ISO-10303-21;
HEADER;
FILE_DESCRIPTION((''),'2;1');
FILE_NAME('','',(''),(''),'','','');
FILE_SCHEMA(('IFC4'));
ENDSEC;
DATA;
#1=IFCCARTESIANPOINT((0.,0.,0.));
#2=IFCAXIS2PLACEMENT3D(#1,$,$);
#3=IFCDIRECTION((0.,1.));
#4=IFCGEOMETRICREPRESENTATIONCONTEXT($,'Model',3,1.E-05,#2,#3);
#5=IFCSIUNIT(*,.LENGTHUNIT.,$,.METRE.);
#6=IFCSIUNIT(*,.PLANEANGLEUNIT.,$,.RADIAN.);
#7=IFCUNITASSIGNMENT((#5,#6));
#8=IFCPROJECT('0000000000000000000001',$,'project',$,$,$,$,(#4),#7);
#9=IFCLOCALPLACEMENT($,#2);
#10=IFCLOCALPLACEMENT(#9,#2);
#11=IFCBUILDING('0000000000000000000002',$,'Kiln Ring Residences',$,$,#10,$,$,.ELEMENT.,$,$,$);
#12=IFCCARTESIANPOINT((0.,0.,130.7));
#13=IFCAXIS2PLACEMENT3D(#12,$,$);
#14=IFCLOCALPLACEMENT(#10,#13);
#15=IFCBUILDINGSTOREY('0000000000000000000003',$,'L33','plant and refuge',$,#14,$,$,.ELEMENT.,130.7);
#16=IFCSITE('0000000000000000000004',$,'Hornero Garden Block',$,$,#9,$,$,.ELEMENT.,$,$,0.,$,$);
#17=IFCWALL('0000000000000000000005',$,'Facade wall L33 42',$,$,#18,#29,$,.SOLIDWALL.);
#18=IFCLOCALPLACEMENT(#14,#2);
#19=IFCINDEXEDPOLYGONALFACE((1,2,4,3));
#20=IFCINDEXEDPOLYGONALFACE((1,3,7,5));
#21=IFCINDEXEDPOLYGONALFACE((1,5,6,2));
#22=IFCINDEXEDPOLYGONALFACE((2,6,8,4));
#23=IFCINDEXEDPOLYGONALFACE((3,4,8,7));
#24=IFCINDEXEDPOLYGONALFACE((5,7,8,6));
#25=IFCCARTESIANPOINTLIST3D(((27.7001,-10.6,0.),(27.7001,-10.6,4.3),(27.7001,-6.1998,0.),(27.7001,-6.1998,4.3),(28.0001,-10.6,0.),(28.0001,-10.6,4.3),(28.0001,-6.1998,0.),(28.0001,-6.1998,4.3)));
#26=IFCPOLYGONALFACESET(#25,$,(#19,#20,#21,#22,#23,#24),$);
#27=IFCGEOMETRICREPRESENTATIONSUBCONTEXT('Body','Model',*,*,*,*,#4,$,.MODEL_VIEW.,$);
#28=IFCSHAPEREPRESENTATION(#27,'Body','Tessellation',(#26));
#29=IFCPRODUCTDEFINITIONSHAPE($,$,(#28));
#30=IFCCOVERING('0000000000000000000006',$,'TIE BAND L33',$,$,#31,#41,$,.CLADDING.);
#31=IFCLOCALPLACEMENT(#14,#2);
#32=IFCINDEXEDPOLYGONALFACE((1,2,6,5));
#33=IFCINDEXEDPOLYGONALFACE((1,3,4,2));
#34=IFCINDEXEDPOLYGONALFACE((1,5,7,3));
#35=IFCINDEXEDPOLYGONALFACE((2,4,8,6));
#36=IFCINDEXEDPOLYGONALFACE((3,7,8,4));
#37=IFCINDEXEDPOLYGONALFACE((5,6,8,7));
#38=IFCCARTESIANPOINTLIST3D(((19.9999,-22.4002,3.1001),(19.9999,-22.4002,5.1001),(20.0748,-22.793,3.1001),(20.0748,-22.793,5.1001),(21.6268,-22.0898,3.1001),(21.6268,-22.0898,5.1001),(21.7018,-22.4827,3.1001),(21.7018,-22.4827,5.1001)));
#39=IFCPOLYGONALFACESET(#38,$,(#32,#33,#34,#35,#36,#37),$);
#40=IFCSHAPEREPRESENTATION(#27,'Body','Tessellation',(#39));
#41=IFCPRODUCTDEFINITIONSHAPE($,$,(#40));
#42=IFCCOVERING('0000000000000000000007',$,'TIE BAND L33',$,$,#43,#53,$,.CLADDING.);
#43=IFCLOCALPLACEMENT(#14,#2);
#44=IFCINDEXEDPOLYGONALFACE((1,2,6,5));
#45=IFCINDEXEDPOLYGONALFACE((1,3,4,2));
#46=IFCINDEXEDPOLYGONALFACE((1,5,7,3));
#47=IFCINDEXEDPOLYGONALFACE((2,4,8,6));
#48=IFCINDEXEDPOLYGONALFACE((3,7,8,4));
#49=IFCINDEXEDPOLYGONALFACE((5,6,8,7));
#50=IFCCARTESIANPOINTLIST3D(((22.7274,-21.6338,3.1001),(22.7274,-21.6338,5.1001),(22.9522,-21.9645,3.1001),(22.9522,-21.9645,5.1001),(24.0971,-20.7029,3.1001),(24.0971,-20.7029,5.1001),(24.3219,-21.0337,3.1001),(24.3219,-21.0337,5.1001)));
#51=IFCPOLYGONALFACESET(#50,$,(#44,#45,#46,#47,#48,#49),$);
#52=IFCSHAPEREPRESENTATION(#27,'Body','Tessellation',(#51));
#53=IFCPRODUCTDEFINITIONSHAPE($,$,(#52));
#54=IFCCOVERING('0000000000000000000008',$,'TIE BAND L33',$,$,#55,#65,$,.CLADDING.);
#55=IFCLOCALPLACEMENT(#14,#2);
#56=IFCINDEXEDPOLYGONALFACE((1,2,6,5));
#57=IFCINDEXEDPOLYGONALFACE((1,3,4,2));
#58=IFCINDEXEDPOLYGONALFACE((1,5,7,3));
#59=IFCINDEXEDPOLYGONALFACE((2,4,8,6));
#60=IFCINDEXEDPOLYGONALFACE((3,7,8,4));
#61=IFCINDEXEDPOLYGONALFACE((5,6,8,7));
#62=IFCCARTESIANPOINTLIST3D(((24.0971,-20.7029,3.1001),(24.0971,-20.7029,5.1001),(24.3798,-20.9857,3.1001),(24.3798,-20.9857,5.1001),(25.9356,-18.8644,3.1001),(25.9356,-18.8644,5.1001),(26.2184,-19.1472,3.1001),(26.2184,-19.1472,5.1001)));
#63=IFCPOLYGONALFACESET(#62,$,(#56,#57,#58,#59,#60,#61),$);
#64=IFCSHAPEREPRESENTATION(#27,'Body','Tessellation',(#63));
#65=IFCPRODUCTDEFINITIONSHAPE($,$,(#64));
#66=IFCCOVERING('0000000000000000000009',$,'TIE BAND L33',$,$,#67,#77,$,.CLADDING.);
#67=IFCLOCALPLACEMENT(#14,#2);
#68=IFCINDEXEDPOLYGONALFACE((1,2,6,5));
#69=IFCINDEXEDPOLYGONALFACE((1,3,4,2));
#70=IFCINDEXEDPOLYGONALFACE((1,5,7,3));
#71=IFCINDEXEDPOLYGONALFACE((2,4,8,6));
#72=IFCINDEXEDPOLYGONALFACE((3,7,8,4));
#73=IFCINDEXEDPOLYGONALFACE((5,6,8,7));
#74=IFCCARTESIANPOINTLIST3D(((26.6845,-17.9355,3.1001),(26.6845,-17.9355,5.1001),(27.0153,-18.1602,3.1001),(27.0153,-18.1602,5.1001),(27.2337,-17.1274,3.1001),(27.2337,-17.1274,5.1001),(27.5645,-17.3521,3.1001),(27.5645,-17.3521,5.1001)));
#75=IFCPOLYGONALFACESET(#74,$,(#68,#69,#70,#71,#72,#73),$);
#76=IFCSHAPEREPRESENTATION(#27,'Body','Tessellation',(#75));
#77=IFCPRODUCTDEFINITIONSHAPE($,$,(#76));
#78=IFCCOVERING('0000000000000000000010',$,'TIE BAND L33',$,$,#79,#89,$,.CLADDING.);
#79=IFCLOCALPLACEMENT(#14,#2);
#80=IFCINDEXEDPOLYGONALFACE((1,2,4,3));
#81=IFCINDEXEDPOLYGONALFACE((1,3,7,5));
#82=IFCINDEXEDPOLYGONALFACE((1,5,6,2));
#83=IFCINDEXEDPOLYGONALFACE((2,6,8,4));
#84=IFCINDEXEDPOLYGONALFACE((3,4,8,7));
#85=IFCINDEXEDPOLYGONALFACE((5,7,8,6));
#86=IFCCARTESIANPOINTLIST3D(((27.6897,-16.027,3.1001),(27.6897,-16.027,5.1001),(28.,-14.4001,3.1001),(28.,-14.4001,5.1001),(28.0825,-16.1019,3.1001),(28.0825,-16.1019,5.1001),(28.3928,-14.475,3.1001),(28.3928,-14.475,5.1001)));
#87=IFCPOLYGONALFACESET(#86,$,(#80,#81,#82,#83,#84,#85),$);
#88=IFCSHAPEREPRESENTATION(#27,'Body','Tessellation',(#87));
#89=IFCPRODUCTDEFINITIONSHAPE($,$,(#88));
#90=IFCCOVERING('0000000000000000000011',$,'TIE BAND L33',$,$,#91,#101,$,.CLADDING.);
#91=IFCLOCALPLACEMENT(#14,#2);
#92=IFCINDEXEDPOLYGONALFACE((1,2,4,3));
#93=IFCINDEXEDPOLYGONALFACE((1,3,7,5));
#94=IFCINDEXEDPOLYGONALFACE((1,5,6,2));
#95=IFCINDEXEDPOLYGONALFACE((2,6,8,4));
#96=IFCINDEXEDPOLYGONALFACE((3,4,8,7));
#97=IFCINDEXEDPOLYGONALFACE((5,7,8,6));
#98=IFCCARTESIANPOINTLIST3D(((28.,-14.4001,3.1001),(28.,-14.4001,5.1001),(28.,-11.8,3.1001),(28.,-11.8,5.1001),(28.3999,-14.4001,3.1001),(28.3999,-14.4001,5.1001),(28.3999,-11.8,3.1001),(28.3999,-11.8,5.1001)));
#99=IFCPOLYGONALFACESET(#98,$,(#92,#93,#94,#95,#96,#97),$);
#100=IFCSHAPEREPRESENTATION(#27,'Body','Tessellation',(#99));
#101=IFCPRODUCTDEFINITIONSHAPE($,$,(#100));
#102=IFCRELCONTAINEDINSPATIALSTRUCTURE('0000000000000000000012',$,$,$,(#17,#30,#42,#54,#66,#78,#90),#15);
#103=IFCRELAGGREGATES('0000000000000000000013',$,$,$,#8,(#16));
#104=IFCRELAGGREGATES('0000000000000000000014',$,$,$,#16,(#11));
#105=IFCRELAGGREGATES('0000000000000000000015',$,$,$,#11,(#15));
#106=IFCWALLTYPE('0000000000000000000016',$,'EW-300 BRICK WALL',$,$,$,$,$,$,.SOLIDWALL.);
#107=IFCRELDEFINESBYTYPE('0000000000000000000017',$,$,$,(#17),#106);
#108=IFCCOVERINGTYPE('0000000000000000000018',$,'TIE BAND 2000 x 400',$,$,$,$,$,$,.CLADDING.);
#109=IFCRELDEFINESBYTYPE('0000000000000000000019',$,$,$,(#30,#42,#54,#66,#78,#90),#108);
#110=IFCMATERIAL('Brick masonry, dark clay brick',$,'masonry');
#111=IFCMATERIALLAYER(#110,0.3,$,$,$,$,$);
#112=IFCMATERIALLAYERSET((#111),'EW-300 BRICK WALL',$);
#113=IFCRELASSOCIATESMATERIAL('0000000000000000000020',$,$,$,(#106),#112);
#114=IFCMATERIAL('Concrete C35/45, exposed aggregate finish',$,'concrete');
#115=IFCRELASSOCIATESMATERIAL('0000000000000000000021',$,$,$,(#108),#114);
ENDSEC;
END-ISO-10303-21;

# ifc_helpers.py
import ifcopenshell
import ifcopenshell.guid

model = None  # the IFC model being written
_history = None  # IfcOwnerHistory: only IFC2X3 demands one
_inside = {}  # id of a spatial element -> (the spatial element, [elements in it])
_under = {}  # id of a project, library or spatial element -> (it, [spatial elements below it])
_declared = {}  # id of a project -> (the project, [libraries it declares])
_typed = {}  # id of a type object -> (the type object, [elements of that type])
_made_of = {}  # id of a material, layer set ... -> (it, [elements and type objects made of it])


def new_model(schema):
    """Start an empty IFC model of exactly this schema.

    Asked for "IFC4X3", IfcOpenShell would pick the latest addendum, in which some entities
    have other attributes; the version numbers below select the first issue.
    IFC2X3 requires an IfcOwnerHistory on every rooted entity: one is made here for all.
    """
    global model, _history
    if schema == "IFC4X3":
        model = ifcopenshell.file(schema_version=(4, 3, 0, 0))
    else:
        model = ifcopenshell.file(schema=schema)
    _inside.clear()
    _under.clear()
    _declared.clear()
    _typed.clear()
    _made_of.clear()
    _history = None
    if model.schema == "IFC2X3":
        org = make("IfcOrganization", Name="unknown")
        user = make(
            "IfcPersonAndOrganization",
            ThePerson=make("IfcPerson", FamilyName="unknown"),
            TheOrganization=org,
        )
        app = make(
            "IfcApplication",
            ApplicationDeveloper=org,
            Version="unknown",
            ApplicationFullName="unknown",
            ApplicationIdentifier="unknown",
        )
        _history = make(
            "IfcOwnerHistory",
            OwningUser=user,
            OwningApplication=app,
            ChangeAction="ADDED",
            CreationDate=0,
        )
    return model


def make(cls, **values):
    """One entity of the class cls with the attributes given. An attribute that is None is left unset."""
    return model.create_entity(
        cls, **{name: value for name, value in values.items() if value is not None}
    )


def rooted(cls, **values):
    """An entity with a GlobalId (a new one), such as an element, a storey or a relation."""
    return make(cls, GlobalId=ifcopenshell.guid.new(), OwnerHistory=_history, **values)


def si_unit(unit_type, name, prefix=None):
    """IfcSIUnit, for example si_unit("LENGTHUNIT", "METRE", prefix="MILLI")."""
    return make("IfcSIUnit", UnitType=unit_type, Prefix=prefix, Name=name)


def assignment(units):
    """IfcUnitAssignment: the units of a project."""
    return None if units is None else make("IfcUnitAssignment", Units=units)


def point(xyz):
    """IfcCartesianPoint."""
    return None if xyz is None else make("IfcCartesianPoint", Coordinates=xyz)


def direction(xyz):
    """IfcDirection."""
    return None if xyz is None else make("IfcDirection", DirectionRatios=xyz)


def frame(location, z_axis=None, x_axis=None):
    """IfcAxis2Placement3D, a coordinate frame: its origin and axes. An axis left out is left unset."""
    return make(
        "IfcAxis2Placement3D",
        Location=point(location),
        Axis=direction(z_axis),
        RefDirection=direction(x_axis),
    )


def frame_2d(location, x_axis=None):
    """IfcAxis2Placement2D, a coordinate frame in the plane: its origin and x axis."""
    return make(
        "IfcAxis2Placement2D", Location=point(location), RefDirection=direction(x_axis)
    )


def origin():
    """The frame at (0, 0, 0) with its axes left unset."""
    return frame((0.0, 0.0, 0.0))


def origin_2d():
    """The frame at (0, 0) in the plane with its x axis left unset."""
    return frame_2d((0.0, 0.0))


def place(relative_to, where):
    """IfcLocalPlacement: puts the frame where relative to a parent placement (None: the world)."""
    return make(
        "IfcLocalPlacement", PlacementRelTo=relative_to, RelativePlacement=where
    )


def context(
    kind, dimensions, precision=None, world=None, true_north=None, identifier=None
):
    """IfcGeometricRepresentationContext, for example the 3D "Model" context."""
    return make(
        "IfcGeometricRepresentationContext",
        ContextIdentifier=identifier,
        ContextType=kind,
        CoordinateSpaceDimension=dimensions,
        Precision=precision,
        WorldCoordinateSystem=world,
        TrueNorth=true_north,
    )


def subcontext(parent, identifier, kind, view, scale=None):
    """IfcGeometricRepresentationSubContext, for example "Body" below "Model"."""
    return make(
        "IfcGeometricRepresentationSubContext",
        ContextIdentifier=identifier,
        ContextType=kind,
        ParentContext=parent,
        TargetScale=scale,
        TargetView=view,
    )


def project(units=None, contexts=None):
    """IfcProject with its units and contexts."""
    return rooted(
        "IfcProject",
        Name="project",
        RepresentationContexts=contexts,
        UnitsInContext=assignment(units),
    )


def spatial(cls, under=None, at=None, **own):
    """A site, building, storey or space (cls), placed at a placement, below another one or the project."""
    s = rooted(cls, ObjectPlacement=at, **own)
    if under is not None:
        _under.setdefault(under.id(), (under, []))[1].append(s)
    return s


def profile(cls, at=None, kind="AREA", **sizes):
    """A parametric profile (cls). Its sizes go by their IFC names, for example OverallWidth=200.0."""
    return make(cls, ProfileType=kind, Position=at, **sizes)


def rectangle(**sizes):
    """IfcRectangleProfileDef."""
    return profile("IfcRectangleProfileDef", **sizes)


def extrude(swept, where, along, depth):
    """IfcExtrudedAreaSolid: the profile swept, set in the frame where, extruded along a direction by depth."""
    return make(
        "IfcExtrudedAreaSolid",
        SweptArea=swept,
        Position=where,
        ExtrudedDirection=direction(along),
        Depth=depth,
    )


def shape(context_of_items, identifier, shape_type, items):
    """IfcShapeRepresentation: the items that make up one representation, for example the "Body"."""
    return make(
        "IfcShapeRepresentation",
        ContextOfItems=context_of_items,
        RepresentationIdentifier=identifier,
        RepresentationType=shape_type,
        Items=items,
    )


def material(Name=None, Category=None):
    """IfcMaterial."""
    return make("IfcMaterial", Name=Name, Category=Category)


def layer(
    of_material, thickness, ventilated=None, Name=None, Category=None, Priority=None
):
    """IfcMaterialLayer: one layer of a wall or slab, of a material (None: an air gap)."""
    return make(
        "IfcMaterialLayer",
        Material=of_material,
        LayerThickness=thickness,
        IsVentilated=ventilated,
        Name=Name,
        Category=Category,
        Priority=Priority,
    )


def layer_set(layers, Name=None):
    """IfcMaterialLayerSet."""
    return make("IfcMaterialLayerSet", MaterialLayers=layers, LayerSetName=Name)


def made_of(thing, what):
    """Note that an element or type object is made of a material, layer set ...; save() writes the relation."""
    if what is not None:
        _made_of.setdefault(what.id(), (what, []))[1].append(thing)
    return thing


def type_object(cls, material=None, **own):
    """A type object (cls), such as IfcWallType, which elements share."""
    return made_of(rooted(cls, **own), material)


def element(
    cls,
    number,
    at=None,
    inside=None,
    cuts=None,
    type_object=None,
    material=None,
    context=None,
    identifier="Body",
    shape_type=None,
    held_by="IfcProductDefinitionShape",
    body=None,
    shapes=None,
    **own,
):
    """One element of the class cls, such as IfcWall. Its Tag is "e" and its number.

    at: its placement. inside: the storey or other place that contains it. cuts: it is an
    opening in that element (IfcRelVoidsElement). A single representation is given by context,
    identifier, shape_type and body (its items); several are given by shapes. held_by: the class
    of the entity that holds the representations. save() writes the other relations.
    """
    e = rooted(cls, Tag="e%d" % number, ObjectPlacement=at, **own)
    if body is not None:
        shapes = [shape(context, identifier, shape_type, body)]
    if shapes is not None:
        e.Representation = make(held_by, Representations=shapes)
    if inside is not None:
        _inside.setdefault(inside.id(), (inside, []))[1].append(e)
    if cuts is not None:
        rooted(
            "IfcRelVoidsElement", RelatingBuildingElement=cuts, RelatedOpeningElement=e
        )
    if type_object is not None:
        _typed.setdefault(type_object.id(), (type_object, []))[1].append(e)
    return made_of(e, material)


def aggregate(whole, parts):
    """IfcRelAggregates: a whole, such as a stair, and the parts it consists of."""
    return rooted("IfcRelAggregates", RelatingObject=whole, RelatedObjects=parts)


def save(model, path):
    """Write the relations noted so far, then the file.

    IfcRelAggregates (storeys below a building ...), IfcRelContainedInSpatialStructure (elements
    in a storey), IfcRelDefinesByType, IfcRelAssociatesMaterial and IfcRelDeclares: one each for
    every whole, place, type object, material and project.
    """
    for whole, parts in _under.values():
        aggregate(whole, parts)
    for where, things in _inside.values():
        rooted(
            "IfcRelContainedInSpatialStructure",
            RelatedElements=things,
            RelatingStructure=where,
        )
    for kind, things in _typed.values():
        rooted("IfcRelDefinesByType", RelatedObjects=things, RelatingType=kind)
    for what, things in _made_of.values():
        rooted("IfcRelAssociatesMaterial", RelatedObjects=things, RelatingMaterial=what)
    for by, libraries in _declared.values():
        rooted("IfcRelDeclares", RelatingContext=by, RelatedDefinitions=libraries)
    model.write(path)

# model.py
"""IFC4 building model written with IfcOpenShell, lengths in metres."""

from ifc_helpers import new_model, si_unit, direction, frame, frame_2d, origin, origin_2d, place, context, subcontext, project, spatial, rectangle, extrude, material, layer, layer_set, type_object, element, save


model = new_model("IFC4")

# Units and contexts
model_context = context("Model", 3, precision=1e-05, world=origin(), true_north=direction((0.0, 1.0)))
body_context = subcontext(model_context, "Body", "Model", "MODEL_VIEW")
ifc_project = project(units=[si_unit("LENGTHUNIT", "METRE"), si_unit("PLANEANGLEUNIT", "RADIAN")], contexts=[model_context])

# Site, building, storey
site_placement = place(None, origin())
site = spatial("IfcSite", under=ifc_project, at=site_placement, Name="Hornero Garden Block", CompositionType="ELEMENT", RefElevation=0.0)
building_placement = place(site_placement, origin())
building = spatial("IfcBuilding", under=site, at=building_placement, Name="Kiln Ring Residences", CompositionType="ELEMENT")
storey_placement = place(building_placement, frame((0.0, 0.0, 130.7)))
storey = spatial("IfcBuildingStorey", under=building, at=storey_placement, Name="L33", Description="plant and refuge", CompositionType="ELEMENT", Elevation=130.7)

# Wall
ifc_material_1 = material(Name="Brick masonry, dark clay brick", Category="masonry")
ifc_layer_1 = layer(ifc_material_1, 0.3)
ifc_layer_set_1 = layer_set([ifc_layer_1], Name="EW-300 BRICK WALL")
wall_type_1 = type_object("IfcWallType", Name="EW-300 BRICK WALL", PredefinedType="SOLIDWALL", material=ifc_layer_set_1)
wall_1_placement = place(storey_placement, frame((27.8501, -10.6001, 0.0), z_axis=(0.0, 0.0, 1.0), x_axis=(0.0, 1.0, 0.0)))
element("IfcWall", 1, at=wall_1_placement, inside=storey, type_object=wall_type_1, Name="Facade wall L33 42", PredefinedType="SOLIDWALL", context=body_context, shape_type="SweptSolid", body=[
    extrude(rectangle(XDim=4.4001, YDim=0.3, at=frame_2d((2.2002, 0.0))), origin(), (0.0, 0.0, 1.0), 4.3),
])

# Coverings
ifc_material_2 = material(Name="Concrete C35/45, exposed aggregate finish", Category="concrete")
covering_type = type_object("IfcCoveringType", Name="TIE BAND 2000 x 400", PredefinedType="CLADDING", material=ifc_material_2)
covering_1_placement = place(storey_placement, frame((20.8508, -22.4414, 3.1001), z_axis=(0.0, 0.0, 1.0), x_axis=(0.98229, 0.187366, 0.0)))
element("IfcCovering", 2, at=covering_1_placement, inside=storey, type_object=covering_type, Name="TIE BAND L33", PredefinedType="CLADDING", context=body_context, shape_type="SweptSolid", body=[
    extrude(rectangle(XDim=1.6562, YDim=0.3999, at=origin_2d()), origin(), (0.0, 0.0, 1.0), 2.0),
])
covering_2_placement = place(storey_placement, frame((23.5247, -21.3337, 3.1001), z_axis=(0.0, 0.0, 1.0), x_axis=(0.827072, 0.562097, 0.0)))
element("IfcCovering", 3, at=covering_2_placement, inside=storey, type_object=covering_type, Name="TIE BAND L33", PredefinedType="CLADDING", context=body_context, shape_type="SweptSolid", body=[
    extrude(rectangle(XDim=1.656, YDim=0.3999, at=origin_2d()), origin(), (0.0, 0.0, 1.0), 2.0),
])
covering_3_placement = place(storey_placement, frame((25.1577, -19.925, 3.1001), z_axis=(0.0, 0.0, 1.0), x_axis=(0.707107, 0.707107, 0.0)))
element("IfcCovering", 4, at=covering_3_placement, inside=storey, type_object=covering_type, Name="TIE BAND L33", PredefinedType="CLADDING", context=body_context, shape_type="SweptSolid", body=[
    extrude(rectangle(XDim=2.6001, YDim=0.3999, at=origin_2d()), origin(), (0.0, 0.0, 1.0), 2.0),
])
covering_4_placement = place(storey_placement, frame((27.1245, -17.6438, 3.1001), z_axis=(0.0, 0.0, 1.0), x_axis=(0.562097, 0.827072, 0.0)))
element("IfcCovering", 5, at=covering_4_placement, inside=storey, type_object=covering_type, Name="TIE BAND L33", PredefinedType="CLADDING", context=body_context, shape_type="SweptSolid", body=[
    extrude(rectangle(XDim=0.9771, YDim=0.3999, at=origin_2d()), origin(), (0.0, 0.0, 1.0), 2.0),
])
covering_5_placement = place(storey_placement, frame((28.0413, -15.251, 3.1001), z_axis=(0.0, 0.0, 1.0), x_axis=(0.187366, 0.98229, 0.0)))
element("IfcCovering", 6, at=covering_5_placement, inside=storey, type_object=covering_type, Name="TIE BAND L33", PredefinedType="CLADDING", context=body_context, shape_type="SweptSolid", body=[
    extrude(rectangle(XDim=1.6562, YDim=0.3999, at=origin_2d()), origin(), (0.0, 0.0, 1.0), 2.0),
])
covering_6_placement = place(storey_placement, frame((28.2, -13.1001, 3.1001), z_axis=(0.0, 0.0, 1.0), x_axis=(0.0, 1.0, 0.0)))
element("IfcCovering", 7, at=covering_6_placement, inside=storey, type_object=covering_type, Name="TIE BAND L33", PredefinedType="CLADDING", context=body_context, shape_type="SweptSolid", body=[
    extrude(rectangle(XDim=2.6001, YDim=0.3999, at=origin_2d()), origin(), (0.0, 0.0, 1.0), 2.0),
])

save(model, "model.ifc")
